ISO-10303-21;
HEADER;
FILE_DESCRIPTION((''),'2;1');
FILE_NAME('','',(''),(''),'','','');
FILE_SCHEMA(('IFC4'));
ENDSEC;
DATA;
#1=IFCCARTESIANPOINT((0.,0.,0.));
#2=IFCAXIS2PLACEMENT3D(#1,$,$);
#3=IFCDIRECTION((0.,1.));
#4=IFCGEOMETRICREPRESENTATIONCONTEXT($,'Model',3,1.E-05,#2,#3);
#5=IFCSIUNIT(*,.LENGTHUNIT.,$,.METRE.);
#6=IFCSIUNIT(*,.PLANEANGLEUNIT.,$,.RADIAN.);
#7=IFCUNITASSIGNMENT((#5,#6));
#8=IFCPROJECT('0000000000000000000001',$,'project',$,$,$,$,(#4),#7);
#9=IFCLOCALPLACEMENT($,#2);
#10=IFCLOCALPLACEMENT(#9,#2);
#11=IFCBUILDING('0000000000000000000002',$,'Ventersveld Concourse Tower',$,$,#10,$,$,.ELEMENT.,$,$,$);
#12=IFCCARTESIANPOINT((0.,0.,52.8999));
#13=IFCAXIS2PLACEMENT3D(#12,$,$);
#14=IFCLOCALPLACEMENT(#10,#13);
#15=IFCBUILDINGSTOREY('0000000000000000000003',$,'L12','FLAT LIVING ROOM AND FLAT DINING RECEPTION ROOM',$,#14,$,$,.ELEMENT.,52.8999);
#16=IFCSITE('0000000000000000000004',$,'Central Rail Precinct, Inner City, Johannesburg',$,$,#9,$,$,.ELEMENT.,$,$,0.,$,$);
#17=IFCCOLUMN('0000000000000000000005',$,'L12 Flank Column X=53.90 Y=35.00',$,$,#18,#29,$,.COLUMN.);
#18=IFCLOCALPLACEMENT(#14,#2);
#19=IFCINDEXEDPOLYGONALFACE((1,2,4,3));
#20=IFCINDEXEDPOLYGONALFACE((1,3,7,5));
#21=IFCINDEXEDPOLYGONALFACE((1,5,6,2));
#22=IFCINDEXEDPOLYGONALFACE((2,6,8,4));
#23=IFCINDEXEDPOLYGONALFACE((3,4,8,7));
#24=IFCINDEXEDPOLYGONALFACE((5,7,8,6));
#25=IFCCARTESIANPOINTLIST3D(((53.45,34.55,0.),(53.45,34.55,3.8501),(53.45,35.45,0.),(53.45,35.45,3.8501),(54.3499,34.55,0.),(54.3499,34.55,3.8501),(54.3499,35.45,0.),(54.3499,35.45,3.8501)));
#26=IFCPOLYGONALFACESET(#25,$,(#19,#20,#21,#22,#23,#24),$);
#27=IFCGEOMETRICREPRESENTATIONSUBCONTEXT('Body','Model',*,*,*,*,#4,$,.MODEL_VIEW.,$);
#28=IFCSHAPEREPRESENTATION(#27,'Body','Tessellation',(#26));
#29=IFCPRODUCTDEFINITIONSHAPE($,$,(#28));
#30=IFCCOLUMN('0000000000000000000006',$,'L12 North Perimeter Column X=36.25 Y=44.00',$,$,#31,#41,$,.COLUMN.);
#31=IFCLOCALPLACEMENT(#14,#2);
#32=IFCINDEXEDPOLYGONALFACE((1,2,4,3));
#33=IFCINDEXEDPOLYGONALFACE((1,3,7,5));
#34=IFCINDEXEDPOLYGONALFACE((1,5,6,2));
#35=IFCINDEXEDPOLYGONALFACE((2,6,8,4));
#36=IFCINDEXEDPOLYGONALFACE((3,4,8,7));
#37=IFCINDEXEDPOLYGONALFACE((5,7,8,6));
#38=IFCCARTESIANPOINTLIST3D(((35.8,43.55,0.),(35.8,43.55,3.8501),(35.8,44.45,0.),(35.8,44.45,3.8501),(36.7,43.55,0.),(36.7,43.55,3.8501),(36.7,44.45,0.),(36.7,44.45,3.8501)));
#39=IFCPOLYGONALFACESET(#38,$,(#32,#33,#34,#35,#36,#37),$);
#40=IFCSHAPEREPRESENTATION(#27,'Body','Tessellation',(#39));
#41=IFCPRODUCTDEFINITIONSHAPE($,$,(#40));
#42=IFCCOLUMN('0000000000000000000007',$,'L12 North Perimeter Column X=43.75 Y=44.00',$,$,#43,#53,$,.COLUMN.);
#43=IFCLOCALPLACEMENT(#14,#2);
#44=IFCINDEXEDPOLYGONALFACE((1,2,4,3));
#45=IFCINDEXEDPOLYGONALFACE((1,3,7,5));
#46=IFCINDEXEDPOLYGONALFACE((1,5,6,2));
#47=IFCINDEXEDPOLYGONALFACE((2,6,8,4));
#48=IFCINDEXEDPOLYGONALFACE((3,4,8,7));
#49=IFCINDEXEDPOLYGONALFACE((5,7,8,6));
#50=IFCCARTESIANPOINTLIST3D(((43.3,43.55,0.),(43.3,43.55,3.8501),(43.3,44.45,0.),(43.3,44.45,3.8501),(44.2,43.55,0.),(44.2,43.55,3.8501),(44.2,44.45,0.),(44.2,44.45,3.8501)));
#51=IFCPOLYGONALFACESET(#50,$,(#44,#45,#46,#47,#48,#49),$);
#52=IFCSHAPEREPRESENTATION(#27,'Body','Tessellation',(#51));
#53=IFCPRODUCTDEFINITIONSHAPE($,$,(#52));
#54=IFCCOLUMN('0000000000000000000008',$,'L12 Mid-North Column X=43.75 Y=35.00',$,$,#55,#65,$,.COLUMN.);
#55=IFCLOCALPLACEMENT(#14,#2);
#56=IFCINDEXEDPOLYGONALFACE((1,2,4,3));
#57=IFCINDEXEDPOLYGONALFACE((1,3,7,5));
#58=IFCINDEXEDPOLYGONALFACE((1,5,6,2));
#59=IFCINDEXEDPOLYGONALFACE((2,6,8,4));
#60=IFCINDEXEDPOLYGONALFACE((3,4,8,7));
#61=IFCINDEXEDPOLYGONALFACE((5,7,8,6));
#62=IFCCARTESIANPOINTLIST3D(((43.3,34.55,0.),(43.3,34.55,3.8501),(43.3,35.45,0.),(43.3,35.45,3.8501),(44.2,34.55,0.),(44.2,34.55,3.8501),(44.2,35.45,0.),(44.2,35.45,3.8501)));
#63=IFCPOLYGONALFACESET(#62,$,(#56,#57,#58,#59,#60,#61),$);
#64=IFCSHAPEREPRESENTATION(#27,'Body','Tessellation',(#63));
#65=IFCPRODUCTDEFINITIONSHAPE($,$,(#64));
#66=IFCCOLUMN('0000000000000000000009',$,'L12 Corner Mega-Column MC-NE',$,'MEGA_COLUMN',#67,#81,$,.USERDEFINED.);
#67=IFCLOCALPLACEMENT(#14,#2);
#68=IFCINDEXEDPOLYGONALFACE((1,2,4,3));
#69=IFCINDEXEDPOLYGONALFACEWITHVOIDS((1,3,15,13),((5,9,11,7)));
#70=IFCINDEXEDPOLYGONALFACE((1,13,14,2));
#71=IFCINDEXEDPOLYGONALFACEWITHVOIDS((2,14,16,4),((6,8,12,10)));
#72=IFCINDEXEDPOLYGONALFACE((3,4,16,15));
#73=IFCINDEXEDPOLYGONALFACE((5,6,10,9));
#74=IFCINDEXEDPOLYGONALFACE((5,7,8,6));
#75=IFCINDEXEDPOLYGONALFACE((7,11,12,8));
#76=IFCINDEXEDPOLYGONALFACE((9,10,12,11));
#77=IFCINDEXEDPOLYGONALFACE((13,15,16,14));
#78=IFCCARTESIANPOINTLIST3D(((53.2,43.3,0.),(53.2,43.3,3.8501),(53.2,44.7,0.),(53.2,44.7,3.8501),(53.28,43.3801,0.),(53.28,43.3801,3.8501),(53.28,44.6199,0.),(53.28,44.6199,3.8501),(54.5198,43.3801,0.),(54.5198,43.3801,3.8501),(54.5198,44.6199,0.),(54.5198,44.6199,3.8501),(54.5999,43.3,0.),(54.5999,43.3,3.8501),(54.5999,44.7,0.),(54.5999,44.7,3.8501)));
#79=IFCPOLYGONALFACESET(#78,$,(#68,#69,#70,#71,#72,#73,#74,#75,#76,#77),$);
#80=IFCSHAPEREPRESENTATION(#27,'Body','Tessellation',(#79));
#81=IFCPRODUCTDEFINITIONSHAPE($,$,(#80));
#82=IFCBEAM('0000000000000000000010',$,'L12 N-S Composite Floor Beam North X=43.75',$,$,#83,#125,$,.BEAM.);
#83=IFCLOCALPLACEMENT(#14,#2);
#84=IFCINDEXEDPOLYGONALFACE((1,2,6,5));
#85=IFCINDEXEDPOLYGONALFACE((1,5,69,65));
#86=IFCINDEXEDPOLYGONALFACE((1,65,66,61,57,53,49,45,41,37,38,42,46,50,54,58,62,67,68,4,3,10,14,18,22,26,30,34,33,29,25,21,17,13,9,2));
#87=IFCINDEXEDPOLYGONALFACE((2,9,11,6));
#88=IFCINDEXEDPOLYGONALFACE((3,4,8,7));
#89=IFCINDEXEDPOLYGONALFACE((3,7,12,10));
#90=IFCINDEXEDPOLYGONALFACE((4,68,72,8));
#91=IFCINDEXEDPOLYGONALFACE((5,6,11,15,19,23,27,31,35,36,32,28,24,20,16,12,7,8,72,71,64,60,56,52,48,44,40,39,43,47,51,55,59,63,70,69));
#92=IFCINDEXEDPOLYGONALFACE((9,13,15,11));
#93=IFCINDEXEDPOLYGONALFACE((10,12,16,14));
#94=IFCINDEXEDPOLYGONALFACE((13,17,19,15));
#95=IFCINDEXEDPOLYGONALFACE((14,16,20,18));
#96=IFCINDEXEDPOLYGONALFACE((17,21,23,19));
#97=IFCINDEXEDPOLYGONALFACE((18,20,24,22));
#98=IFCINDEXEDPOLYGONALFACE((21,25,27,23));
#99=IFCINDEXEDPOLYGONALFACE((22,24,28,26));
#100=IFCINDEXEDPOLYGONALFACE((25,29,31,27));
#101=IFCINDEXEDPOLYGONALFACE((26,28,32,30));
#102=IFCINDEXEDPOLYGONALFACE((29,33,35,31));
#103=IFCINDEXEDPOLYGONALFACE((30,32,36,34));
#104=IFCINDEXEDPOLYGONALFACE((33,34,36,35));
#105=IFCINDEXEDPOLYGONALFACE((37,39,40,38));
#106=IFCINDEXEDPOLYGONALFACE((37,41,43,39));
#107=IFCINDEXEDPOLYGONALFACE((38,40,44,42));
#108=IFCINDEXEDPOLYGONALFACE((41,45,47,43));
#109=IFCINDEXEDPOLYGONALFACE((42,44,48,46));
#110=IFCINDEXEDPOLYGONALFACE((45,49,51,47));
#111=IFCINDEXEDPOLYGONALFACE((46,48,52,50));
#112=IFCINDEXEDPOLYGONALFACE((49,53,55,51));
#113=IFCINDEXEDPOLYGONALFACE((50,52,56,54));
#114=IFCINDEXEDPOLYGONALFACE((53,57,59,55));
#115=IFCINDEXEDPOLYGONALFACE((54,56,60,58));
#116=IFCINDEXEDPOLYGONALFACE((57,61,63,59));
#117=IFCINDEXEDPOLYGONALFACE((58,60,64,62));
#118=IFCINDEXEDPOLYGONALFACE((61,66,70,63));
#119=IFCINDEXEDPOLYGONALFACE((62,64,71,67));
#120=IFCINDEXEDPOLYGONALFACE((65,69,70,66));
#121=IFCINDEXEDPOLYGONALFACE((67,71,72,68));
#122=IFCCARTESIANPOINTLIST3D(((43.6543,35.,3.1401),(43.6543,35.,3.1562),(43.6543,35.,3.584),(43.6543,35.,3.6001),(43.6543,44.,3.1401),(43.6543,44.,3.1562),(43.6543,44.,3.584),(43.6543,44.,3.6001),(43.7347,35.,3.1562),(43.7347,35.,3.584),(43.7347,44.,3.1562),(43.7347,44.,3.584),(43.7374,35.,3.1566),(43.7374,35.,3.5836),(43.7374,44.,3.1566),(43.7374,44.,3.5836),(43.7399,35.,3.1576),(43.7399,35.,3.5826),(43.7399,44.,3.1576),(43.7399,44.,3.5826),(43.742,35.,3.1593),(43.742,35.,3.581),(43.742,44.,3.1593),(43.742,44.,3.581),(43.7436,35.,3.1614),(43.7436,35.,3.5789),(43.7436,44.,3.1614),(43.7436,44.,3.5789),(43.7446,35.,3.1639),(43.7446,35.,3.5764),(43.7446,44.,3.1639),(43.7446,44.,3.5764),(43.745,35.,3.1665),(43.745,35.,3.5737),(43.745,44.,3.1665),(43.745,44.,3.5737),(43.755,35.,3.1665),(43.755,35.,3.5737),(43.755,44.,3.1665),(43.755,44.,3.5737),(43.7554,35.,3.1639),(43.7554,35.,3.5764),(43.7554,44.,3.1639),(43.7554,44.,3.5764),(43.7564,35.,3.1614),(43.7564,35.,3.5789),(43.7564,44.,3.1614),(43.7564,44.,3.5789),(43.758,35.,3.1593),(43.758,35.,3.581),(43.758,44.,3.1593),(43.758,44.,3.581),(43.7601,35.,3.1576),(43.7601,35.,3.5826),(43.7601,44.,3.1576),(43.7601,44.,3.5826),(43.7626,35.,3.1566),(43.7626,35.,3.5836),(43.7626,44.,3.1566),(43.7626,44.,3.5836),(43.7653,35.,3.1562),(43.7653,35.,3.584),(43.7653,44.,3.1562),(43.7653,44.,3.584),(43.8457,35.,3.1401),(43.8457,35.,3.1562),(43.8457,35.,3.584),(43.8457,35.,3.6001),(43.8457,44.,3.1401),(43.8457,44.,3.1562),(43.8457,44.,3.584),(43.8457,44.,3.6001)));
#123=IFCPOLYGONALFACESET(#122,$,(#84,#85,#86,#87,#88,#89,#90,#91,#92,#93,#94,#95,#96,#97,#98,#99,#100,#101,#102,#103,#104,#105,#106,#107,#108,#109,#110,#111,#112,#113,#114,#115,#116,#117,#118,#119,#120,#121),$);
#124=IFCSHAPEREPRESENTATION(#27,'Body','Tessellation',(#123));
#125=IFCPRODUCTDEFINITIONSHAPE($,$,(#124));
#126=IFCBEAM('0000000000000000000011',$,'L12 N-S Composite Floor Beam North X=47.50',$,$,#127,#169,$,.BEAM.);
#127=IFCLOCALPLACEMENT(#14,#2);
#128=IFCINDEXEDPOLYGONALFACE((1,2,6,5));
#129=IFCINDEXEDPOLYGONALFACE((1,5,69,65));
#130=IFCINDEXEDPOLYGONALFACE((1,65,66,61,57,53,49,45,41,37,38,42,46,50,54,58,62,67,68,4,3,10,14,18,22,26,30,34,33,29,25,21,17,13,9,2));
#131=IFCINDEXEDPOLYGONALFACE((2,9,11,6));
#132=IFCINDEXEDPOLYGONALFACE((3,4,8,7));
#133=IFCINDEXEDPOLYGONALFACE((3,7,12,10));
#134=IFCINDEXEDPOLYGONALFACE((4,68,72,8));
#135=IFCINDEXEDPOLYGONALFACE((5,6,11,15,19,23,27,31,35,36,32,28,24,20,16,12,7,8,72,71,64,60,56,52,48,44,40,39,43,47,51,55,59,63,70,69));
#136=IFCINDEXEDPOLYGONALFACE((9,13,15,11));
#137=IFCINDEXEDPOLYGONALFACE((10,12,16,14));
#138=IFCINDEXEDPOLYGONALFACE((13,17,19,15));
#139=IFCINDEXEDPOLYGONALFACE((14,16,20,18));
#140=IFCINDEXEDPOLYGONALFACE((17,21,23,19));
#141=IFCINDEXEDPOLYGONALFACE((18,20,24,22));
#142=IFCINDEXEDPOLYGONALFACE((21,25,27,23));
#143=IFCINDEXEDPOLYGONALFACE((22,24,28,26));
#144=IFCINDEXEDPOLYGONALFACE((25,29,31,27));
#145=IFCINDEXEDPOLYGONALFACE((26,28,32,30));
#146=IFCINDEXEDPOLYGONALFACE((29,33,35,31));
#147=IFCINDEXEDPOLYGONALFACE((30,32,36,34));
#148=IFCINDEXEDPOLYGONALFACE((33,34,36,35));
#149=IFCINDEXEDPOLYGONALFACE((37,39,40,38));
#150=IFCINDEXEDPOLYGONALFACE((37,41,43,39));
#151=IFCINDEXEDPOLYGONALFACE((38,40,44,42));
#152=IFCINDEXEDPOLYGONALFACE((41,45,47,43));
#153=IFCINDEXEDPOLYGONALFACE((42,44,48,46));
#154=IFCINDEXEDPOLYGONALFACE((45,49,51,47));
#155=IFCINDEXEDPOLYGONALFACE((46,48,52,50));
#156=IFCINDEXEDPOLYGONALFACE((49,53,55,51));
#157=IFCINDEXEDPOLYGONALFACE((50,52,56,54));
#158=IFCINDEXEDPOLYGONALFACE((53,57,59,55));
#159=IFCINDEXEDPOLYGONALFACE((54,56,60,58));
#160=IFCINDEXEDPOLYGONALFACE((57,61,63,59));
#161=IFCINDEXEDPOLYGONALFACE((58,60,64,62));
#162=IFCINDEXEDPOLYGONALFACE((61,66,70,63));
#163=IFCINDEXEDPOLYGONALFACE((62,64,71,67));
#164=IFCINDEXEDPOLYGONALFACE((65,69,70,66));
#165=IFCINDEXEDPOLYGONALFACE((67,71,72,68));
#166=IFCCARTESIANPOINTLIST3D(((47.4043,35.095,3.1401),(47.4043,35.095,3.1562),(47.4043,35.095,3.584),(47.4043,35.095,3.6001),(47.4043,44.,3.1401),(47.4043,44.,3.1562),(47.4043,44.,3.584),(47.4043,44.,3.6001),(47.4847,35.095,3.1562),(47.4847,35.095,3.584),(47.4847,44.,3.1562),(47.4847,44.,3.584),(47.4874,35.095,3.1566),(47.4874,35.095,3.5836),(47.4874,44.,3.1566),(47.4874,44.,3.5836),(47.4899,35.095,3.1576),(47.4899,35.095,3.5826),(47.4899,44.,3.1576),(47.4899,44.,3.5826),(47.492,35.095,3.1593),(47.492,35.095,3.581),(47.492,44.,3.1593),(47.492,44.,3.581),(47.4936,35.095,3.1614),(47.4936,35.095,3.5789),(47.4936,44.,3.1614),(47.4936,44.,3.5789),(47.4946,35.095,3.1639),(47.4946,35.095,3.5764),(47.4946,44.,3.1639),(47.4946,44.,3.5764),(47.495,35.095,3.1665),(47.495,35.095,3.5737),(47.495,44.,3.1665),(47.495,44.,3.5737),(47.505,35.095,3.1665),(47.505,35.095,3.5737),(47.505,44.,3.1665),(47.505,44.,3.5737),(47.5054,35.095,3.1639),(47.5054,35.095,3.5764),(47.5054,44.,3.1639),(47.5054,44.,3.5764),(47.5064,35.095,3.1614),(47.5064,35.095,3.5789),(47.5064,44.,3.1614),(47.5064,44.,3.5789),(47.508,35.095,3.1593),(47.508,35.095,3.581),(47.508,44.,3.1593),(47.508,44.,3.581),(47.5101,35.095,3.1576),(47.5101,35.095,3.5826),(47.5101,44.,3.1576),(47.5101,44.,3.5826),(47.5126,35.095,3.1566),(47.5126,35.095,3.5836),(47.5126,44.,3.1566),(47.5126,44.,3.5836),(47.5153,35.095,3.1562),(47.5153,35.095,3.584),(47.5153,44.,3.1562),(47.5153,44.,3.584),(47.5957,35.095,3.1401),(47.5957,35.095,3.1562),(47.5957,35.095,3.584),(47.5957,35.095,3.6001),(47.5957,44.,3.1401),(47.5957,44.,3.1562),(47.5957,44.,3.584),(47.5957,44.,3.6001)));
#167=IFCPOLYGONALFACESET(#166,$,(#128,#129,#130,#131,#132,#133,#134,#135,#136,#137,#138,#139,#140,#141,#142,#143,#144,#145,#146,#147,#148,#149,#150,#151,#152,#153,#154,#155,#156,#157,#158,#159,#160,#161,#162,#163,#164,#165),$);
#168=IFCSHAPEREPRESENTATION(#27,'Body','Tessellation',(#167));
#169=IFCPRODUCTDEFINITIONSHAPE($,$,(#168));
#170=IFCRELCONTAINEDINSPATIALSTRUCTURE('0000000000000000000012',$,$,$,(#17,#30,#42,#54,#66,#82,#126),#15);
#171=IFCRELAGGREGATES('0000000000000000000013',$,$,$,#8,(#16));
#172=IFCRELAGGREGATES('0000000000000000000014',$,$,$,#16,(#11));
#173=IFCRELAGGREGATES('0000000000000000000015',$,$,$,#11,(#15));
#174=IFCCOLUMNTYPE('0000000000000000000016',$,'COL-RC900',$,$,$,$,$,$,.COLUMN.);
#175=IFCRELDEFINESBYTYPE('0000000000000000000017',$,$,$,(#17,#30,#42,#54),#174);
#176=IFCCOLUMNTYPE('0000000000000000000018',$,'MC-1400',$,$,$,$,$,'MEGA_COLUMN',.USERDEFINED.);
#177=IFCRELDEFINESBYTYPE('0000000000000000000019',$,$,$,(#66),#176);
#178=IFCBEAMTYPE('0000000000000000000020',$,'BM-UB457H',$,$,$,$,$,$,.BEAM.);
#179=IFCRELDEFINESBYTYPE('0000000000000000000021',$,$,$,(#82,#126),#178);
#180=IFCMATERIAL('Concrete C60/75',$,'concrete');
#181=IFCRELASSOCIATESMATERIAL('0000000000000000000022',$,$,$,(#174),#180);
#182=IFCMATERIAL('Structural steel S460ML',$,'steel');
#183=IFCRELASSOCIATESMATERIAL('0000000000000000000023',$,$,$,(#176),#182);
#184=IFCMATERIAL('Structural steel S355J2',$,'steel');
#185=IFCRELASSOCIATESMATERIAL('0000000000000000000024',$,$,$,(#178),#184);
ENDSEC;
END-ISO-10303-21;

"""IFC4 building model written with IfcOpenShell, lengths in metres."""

from ifc_helpers import new_model, si_unit, direction, frame, origin, origin_2d, place, context, subcontext, project, spatial, rectangle, hollow_rectangle, i_section, extrude, material, material_profile, profile_set, type_object, element, save


model = new_model("IFC4")

# Units and contexts
model_context = context("Model", 3, precision=1e-05, world=origin(), true_north=direction((0.0, 1.0)))
body_context = subcontext(model_context, "Body", "Model", "MODEL_VIEW")
ifc_project = project(units=[si_unit("LENGTHUNIT", "METRE"), si_unit("PLANEANGLEUNIT", "RADIAN")], contexts=[model_context])

# Site, building, storey
site_placement = place(None, origin())
site = spatial("IfcSite", under=ifc_project, at=site_placement, Name="Central Rail Precinct, Inner City, Johannesburg", CompositionType="ELEMENT", RefElevation=0.0)
building_placement = place(site_placement, origin())
building = spatial("IfcBuilding", under=site, at=building_placement, Name="Ventersveld Concourse Tower", CompositionType="ELEMENT")
storey_placement = place(building_placement, frame((0.0, 0.0, 52.8999)))
storey = spatial("IfcBuildingStorey", under=building, at=storey_placement, Name="L12", Description="FLAT LIVING ROOM AND FLAT DINING RECEPTION ROOM", CompositionType="ELEMENT", Elevation=52.8999)

# Columns
ifc_material_1 = material(Name="Concrete C60/75", Category="concrete")
ifc_material_profile_1 = material_profile(ifc_material_1, rectangle(XDim=0.8999, YDim=0.8999, at=origin_2d()), Name="RC 900x900")
ifc_profile_set_1 = profile_set([ifc_material_profile_1], Name="Concrete C60/75")
column_type_1 = type_object("IfcColumnType", Name="COL-RC900", PredefinedType="COLUMN", material=ifc_profile_set_1)
for number, where, z_axis, x_axis, name in (
    (1, (53.8999, 35.0, 0.0), (0.0, 0.0, 1.0), (1.0, 0.0, 0.0), "L12 Flank Column X=53.90 Y=35.00"),
    (2, (36.25, 44.0, 0.0), (0.0, 0.0, 1.0), (1.0, 0.0, 0.0), "L12 North Perimeter Column X=36.25 Y=44.00"),
    (3, (43.75, 44.0, 0.0), (0.0, 0.0, 1.0), (1.0, 0.0, 0.0), "L12 North Perimeter Column X=43.75 Y=44.00"),
    (4, (43.75, 35.0, 0.0), (0.0, 0.0, 1.0), (1.0, 0.0, 0.0), "L12 Mid-North Column X=43.75 Y=35.00"),
):
    element("IfcColumn", number, at=place(storey_placement, frame(where, z_axis=z_axis, x_axis=x_axis)), inside=storey, type_object=column_type_1, Name=name, PredefinedType="COLUMN", context=body_context, shape_type="SweptSolid", body=[
        extrude(rectangle(XDim=0.8999, YDim=0.8999, at=origin_2d()), origin(), (0.0, 0.0, 1.0), 3.8501),
    ])
ifc_material_2 = material(Name="Structural steel S460ML", Category="steel")
ifc_material_profile_2 = material_profile(ifc_material_2, hollow_rectangle(XDim=1.3999, YDim=1.3999, WallThickness=0.0801, at=origin_2d()), Name="BOX 1400x1400x80")
ifc_profile_set_2 = profile_set([ifc_material_profile_2], Name="Structural steel S460ML")
column_type_2 = type_object("IfcColumnType", Name="MC-1400", ElementType="MEGA_COLUMN", PredefinedType="USERDEFINED", material=ifc_profile_set_2)
column_placement = place(storey_placement, frame((53.8999, 44.0, 0.0), z_axis=(0.0, 0.0, 1.0), x_axis=(1.0, 0.0, 0.0)))
element("IfcColumn", 5, at=column_placement, inside=storey, type_object=column_type_2, Name="L12 Corner Mega-Column MC-NE", ObjectType="MEGA_COLUMN", PredefinedType="USERDEFINED", context=body_context, shape_type="SweptSolid", body=[
    extrude(hollow_rectangle(XDim=1.3999, YDim=1.3999, WallThickness=0.0801, at=origin_2d()), origin(), (0.0, 0.0, 1.0), 3.8501),
])

# Beams
ifc_material_3 = material(Name="Structural steel S355J2", Category="steel")
ifc_material_profile_3 = material_profile(ifc_material_3, i_section(OverallWidth=0.1914, OverallDepth=0.46, WebThickness=0.01, FlangeThickness=0.0161, FilletRadius=0.0103, at=origin_2d()), Name="UB 457x191x82")
ifc_profile_set_3 = profile_set([ifc_material_profile_3], Name="Structural steel S355J2")
beam_type_1 = type_object("IfcBeamType", Name="BM-UB457H", PredefinedType="BEAM", material=ifc_profile_set_3)
beam_1_placement = place(storey_placement, frame((43.75, 35.0, 3.3701), z_axis=(0.0, 1.0, 0.0), x_axis=(-1.0, 0.0, 0.0)))
element("IfcBeam", 6, at=beam_1_placement, inside=storey, type_object=beam_type_1, Name="L12 N-S Composite Floor Beam North X=43.75", PredefinedType="BEAM", context=body_context, shape_type="SweptSolid", body=[
    extrude(i_section(OverallWidth=0.1914, OverallDepth=0.46, WebThickness=0.01, FlangeThickness=0.0161, FilletRadius=0.0103, at=origin_2d()), origin(), (0.0, 0.0, 1.0), 9.0),
])
beam_2_placement = place(storey_placement, frame((47.5, 35.095, 3.3701), z_axis=(0.0, 1.0, 0.0), x_axis=(-1.0, 0.0, 0.0)))
element("IfcBeam", 7, at=beam_2_placement, inside=storey, type_object=beam_type_1, Name="L12 N-S Composite Floor Beam North X=47.50", PredefinedType="BEAM", context=body_context, shape_type="SweptSolid", body=[
    extrude(i_section(OverallWidth=0.1914, OverallDepth=0.46, WebThickness=0.01, FlangeThickness=0.0161, FilletRadius=0.0103, at=origin_2d()), origin(), (0.0, 0.0, 1.0), 8.905),
])

save(model, "model.ifc")
